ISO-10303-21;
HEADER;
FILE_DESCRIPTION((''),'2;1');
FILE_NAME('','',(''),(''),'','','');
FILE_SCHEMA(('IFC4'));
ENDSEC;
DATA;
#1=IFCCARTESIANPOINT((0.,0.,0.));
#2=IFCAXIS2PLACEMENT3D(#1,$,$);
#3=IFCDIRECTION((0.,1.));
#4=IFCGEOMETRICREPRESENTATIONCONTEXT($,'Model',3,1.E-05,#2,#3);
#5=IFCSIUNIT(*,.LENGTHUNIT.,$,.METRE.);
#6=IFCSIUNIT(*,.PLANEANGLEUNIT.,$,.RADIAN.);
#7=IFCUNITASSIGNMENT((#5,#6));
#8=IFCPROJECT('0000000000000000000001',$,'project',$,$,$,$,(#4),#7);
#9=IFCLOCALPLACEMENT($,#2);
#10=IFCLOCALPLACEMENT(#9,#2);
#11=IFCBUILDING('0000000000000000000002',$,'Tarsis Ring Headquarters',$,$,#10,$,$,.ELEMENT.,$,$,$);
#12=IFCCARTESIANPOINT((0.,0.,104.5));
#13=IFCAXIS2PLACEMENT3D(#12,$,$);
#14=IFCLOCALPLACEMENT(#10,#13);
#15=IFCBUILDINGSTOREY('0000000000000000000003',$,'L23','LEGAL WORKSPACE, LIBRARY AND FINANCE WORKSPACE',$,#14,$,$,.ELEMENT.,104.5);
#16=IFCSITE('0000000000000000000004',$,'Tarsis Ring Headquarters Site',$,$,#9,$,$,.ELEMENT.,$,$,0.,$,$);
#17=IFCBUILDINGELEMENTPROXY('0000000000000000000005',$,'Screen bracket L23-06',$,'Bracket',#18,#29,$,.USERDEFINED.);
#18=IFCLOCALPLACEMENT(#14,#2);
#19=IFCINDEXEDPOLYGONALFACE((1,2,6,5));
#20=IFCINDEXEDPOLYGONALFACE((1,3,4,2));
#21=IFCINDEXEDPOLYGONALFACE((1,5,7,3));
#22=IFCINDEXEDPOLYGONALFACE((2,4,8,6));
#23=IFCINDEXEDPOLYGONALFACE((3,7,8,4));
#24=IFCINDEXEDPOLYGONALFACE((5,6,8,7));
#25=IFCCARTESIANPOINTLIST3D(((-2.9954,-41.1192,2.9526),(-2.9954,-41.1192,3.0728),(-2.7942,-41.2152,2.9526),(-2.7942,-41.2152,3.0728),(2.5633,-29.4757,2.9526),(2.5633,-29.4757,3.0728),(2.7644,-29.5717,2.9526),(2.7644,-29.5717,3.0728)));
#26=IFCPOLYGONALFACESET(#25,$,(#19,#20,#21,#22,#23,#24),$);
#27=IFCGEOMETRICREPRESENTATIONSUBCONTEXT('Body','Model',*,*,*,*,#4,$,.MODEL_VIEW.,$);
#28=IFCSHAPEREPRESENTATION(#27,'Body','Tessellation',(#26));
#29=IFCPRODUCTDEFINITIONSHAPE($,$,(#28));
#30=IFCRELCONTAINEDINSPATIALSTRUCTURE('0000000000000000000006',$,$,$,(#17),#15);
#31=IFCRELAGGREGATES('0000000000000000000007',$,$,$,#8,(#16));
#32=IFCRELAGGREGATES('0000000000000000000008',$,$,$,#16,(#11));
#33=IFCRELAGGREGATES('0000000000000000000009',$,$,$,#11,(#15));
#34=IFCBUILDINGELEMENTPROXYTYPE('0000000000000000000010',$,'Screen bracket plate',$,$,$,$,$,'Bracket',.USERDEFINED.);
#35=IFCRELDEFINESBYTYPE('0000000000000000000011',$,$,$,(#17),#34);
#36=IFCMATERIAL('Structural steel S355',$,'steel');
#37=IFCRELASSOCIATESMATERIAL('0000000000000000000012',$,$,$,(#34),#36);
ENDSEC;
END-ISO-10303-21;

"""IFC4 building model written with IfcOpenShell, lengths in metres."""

from ifc_helpers import new_model, si_unit, direction, frame, origin, origin_2d, place, context, subcontext, project, spatial, rectangle, extrude, material, type_object, element, save


model = new_model("IFC4")

# Units and contexts
model_context = context("Model", 3, precision=1e-05, world=origin(), true_north=direction((0.0, 1.0)))
body_context = subcontext(model_context, "Body", "Model", "MODEL_VIEW")
ifc_project = project(units=[si_unit("LENGTHUNIT", "METRE"), si_unit("PLANEANGLEUNIT", "RADIAN")], contexts=[model_context])

# Site, building, storey
site_placement = place(None, origin())
site = spatial("IfcSite", under=ifc_project, at=site_placement, Name="Tarsis Ring Headquarters Site", CompositionType="ELEMENT", RefElevation=0.0)
building_placement = place(site_placement, origin())
building = spatial("IfcBuilding", under=site, at=building_placement, Name="Tarsis Ring Headquarters", CompositionType="ELEMENT")
storey_placement = place(building_placement, frame((0.0, 0.0, 104.5)))
storey = spatial("IfcBuildingStorey", under=building, at=storey_placement, Name="L23", Description="LEGAL WORKSPACE, LIBRARY AND FINANCE WORKSPACE", CompositionType="ELEMENT", Elevation=104.5)

# Shared definitions
ifc_material_1 = material(Name="Structural steel S355", Category="steel")

# Building element proxy
building_element_proxy_type = type_object("IfcBuildingElementProxyType", Name="Screen bracket plate", ElementType="Bracket", PredefinedType="USERDEFINED", material=ifc_material_1)
proxy_placement = place(storey_placement, frame((-0.1155, -35.3455, 2.9526), z_axis=(0.0, 0.0, 1.0), x_axis=(0.430826, 0.902435, 0.0)))
element("IfcBuildingElementProxy", 1, at=proxy_placement, inside=storey, type_object=building_element_proxy_type, Name="Screen bracket L23-06", ObjectType="Bracket", PredefinedType="USERDEFINED", context=body_context, shape_type="SweptSolid", body=[
    extrude(rectangle(XDim=12.9023, YDim=0.2229, at=origin_2d()), origin(), (0.0, 0.0, 1.0), 0.1201),
])

save(model, "model.ifc")
